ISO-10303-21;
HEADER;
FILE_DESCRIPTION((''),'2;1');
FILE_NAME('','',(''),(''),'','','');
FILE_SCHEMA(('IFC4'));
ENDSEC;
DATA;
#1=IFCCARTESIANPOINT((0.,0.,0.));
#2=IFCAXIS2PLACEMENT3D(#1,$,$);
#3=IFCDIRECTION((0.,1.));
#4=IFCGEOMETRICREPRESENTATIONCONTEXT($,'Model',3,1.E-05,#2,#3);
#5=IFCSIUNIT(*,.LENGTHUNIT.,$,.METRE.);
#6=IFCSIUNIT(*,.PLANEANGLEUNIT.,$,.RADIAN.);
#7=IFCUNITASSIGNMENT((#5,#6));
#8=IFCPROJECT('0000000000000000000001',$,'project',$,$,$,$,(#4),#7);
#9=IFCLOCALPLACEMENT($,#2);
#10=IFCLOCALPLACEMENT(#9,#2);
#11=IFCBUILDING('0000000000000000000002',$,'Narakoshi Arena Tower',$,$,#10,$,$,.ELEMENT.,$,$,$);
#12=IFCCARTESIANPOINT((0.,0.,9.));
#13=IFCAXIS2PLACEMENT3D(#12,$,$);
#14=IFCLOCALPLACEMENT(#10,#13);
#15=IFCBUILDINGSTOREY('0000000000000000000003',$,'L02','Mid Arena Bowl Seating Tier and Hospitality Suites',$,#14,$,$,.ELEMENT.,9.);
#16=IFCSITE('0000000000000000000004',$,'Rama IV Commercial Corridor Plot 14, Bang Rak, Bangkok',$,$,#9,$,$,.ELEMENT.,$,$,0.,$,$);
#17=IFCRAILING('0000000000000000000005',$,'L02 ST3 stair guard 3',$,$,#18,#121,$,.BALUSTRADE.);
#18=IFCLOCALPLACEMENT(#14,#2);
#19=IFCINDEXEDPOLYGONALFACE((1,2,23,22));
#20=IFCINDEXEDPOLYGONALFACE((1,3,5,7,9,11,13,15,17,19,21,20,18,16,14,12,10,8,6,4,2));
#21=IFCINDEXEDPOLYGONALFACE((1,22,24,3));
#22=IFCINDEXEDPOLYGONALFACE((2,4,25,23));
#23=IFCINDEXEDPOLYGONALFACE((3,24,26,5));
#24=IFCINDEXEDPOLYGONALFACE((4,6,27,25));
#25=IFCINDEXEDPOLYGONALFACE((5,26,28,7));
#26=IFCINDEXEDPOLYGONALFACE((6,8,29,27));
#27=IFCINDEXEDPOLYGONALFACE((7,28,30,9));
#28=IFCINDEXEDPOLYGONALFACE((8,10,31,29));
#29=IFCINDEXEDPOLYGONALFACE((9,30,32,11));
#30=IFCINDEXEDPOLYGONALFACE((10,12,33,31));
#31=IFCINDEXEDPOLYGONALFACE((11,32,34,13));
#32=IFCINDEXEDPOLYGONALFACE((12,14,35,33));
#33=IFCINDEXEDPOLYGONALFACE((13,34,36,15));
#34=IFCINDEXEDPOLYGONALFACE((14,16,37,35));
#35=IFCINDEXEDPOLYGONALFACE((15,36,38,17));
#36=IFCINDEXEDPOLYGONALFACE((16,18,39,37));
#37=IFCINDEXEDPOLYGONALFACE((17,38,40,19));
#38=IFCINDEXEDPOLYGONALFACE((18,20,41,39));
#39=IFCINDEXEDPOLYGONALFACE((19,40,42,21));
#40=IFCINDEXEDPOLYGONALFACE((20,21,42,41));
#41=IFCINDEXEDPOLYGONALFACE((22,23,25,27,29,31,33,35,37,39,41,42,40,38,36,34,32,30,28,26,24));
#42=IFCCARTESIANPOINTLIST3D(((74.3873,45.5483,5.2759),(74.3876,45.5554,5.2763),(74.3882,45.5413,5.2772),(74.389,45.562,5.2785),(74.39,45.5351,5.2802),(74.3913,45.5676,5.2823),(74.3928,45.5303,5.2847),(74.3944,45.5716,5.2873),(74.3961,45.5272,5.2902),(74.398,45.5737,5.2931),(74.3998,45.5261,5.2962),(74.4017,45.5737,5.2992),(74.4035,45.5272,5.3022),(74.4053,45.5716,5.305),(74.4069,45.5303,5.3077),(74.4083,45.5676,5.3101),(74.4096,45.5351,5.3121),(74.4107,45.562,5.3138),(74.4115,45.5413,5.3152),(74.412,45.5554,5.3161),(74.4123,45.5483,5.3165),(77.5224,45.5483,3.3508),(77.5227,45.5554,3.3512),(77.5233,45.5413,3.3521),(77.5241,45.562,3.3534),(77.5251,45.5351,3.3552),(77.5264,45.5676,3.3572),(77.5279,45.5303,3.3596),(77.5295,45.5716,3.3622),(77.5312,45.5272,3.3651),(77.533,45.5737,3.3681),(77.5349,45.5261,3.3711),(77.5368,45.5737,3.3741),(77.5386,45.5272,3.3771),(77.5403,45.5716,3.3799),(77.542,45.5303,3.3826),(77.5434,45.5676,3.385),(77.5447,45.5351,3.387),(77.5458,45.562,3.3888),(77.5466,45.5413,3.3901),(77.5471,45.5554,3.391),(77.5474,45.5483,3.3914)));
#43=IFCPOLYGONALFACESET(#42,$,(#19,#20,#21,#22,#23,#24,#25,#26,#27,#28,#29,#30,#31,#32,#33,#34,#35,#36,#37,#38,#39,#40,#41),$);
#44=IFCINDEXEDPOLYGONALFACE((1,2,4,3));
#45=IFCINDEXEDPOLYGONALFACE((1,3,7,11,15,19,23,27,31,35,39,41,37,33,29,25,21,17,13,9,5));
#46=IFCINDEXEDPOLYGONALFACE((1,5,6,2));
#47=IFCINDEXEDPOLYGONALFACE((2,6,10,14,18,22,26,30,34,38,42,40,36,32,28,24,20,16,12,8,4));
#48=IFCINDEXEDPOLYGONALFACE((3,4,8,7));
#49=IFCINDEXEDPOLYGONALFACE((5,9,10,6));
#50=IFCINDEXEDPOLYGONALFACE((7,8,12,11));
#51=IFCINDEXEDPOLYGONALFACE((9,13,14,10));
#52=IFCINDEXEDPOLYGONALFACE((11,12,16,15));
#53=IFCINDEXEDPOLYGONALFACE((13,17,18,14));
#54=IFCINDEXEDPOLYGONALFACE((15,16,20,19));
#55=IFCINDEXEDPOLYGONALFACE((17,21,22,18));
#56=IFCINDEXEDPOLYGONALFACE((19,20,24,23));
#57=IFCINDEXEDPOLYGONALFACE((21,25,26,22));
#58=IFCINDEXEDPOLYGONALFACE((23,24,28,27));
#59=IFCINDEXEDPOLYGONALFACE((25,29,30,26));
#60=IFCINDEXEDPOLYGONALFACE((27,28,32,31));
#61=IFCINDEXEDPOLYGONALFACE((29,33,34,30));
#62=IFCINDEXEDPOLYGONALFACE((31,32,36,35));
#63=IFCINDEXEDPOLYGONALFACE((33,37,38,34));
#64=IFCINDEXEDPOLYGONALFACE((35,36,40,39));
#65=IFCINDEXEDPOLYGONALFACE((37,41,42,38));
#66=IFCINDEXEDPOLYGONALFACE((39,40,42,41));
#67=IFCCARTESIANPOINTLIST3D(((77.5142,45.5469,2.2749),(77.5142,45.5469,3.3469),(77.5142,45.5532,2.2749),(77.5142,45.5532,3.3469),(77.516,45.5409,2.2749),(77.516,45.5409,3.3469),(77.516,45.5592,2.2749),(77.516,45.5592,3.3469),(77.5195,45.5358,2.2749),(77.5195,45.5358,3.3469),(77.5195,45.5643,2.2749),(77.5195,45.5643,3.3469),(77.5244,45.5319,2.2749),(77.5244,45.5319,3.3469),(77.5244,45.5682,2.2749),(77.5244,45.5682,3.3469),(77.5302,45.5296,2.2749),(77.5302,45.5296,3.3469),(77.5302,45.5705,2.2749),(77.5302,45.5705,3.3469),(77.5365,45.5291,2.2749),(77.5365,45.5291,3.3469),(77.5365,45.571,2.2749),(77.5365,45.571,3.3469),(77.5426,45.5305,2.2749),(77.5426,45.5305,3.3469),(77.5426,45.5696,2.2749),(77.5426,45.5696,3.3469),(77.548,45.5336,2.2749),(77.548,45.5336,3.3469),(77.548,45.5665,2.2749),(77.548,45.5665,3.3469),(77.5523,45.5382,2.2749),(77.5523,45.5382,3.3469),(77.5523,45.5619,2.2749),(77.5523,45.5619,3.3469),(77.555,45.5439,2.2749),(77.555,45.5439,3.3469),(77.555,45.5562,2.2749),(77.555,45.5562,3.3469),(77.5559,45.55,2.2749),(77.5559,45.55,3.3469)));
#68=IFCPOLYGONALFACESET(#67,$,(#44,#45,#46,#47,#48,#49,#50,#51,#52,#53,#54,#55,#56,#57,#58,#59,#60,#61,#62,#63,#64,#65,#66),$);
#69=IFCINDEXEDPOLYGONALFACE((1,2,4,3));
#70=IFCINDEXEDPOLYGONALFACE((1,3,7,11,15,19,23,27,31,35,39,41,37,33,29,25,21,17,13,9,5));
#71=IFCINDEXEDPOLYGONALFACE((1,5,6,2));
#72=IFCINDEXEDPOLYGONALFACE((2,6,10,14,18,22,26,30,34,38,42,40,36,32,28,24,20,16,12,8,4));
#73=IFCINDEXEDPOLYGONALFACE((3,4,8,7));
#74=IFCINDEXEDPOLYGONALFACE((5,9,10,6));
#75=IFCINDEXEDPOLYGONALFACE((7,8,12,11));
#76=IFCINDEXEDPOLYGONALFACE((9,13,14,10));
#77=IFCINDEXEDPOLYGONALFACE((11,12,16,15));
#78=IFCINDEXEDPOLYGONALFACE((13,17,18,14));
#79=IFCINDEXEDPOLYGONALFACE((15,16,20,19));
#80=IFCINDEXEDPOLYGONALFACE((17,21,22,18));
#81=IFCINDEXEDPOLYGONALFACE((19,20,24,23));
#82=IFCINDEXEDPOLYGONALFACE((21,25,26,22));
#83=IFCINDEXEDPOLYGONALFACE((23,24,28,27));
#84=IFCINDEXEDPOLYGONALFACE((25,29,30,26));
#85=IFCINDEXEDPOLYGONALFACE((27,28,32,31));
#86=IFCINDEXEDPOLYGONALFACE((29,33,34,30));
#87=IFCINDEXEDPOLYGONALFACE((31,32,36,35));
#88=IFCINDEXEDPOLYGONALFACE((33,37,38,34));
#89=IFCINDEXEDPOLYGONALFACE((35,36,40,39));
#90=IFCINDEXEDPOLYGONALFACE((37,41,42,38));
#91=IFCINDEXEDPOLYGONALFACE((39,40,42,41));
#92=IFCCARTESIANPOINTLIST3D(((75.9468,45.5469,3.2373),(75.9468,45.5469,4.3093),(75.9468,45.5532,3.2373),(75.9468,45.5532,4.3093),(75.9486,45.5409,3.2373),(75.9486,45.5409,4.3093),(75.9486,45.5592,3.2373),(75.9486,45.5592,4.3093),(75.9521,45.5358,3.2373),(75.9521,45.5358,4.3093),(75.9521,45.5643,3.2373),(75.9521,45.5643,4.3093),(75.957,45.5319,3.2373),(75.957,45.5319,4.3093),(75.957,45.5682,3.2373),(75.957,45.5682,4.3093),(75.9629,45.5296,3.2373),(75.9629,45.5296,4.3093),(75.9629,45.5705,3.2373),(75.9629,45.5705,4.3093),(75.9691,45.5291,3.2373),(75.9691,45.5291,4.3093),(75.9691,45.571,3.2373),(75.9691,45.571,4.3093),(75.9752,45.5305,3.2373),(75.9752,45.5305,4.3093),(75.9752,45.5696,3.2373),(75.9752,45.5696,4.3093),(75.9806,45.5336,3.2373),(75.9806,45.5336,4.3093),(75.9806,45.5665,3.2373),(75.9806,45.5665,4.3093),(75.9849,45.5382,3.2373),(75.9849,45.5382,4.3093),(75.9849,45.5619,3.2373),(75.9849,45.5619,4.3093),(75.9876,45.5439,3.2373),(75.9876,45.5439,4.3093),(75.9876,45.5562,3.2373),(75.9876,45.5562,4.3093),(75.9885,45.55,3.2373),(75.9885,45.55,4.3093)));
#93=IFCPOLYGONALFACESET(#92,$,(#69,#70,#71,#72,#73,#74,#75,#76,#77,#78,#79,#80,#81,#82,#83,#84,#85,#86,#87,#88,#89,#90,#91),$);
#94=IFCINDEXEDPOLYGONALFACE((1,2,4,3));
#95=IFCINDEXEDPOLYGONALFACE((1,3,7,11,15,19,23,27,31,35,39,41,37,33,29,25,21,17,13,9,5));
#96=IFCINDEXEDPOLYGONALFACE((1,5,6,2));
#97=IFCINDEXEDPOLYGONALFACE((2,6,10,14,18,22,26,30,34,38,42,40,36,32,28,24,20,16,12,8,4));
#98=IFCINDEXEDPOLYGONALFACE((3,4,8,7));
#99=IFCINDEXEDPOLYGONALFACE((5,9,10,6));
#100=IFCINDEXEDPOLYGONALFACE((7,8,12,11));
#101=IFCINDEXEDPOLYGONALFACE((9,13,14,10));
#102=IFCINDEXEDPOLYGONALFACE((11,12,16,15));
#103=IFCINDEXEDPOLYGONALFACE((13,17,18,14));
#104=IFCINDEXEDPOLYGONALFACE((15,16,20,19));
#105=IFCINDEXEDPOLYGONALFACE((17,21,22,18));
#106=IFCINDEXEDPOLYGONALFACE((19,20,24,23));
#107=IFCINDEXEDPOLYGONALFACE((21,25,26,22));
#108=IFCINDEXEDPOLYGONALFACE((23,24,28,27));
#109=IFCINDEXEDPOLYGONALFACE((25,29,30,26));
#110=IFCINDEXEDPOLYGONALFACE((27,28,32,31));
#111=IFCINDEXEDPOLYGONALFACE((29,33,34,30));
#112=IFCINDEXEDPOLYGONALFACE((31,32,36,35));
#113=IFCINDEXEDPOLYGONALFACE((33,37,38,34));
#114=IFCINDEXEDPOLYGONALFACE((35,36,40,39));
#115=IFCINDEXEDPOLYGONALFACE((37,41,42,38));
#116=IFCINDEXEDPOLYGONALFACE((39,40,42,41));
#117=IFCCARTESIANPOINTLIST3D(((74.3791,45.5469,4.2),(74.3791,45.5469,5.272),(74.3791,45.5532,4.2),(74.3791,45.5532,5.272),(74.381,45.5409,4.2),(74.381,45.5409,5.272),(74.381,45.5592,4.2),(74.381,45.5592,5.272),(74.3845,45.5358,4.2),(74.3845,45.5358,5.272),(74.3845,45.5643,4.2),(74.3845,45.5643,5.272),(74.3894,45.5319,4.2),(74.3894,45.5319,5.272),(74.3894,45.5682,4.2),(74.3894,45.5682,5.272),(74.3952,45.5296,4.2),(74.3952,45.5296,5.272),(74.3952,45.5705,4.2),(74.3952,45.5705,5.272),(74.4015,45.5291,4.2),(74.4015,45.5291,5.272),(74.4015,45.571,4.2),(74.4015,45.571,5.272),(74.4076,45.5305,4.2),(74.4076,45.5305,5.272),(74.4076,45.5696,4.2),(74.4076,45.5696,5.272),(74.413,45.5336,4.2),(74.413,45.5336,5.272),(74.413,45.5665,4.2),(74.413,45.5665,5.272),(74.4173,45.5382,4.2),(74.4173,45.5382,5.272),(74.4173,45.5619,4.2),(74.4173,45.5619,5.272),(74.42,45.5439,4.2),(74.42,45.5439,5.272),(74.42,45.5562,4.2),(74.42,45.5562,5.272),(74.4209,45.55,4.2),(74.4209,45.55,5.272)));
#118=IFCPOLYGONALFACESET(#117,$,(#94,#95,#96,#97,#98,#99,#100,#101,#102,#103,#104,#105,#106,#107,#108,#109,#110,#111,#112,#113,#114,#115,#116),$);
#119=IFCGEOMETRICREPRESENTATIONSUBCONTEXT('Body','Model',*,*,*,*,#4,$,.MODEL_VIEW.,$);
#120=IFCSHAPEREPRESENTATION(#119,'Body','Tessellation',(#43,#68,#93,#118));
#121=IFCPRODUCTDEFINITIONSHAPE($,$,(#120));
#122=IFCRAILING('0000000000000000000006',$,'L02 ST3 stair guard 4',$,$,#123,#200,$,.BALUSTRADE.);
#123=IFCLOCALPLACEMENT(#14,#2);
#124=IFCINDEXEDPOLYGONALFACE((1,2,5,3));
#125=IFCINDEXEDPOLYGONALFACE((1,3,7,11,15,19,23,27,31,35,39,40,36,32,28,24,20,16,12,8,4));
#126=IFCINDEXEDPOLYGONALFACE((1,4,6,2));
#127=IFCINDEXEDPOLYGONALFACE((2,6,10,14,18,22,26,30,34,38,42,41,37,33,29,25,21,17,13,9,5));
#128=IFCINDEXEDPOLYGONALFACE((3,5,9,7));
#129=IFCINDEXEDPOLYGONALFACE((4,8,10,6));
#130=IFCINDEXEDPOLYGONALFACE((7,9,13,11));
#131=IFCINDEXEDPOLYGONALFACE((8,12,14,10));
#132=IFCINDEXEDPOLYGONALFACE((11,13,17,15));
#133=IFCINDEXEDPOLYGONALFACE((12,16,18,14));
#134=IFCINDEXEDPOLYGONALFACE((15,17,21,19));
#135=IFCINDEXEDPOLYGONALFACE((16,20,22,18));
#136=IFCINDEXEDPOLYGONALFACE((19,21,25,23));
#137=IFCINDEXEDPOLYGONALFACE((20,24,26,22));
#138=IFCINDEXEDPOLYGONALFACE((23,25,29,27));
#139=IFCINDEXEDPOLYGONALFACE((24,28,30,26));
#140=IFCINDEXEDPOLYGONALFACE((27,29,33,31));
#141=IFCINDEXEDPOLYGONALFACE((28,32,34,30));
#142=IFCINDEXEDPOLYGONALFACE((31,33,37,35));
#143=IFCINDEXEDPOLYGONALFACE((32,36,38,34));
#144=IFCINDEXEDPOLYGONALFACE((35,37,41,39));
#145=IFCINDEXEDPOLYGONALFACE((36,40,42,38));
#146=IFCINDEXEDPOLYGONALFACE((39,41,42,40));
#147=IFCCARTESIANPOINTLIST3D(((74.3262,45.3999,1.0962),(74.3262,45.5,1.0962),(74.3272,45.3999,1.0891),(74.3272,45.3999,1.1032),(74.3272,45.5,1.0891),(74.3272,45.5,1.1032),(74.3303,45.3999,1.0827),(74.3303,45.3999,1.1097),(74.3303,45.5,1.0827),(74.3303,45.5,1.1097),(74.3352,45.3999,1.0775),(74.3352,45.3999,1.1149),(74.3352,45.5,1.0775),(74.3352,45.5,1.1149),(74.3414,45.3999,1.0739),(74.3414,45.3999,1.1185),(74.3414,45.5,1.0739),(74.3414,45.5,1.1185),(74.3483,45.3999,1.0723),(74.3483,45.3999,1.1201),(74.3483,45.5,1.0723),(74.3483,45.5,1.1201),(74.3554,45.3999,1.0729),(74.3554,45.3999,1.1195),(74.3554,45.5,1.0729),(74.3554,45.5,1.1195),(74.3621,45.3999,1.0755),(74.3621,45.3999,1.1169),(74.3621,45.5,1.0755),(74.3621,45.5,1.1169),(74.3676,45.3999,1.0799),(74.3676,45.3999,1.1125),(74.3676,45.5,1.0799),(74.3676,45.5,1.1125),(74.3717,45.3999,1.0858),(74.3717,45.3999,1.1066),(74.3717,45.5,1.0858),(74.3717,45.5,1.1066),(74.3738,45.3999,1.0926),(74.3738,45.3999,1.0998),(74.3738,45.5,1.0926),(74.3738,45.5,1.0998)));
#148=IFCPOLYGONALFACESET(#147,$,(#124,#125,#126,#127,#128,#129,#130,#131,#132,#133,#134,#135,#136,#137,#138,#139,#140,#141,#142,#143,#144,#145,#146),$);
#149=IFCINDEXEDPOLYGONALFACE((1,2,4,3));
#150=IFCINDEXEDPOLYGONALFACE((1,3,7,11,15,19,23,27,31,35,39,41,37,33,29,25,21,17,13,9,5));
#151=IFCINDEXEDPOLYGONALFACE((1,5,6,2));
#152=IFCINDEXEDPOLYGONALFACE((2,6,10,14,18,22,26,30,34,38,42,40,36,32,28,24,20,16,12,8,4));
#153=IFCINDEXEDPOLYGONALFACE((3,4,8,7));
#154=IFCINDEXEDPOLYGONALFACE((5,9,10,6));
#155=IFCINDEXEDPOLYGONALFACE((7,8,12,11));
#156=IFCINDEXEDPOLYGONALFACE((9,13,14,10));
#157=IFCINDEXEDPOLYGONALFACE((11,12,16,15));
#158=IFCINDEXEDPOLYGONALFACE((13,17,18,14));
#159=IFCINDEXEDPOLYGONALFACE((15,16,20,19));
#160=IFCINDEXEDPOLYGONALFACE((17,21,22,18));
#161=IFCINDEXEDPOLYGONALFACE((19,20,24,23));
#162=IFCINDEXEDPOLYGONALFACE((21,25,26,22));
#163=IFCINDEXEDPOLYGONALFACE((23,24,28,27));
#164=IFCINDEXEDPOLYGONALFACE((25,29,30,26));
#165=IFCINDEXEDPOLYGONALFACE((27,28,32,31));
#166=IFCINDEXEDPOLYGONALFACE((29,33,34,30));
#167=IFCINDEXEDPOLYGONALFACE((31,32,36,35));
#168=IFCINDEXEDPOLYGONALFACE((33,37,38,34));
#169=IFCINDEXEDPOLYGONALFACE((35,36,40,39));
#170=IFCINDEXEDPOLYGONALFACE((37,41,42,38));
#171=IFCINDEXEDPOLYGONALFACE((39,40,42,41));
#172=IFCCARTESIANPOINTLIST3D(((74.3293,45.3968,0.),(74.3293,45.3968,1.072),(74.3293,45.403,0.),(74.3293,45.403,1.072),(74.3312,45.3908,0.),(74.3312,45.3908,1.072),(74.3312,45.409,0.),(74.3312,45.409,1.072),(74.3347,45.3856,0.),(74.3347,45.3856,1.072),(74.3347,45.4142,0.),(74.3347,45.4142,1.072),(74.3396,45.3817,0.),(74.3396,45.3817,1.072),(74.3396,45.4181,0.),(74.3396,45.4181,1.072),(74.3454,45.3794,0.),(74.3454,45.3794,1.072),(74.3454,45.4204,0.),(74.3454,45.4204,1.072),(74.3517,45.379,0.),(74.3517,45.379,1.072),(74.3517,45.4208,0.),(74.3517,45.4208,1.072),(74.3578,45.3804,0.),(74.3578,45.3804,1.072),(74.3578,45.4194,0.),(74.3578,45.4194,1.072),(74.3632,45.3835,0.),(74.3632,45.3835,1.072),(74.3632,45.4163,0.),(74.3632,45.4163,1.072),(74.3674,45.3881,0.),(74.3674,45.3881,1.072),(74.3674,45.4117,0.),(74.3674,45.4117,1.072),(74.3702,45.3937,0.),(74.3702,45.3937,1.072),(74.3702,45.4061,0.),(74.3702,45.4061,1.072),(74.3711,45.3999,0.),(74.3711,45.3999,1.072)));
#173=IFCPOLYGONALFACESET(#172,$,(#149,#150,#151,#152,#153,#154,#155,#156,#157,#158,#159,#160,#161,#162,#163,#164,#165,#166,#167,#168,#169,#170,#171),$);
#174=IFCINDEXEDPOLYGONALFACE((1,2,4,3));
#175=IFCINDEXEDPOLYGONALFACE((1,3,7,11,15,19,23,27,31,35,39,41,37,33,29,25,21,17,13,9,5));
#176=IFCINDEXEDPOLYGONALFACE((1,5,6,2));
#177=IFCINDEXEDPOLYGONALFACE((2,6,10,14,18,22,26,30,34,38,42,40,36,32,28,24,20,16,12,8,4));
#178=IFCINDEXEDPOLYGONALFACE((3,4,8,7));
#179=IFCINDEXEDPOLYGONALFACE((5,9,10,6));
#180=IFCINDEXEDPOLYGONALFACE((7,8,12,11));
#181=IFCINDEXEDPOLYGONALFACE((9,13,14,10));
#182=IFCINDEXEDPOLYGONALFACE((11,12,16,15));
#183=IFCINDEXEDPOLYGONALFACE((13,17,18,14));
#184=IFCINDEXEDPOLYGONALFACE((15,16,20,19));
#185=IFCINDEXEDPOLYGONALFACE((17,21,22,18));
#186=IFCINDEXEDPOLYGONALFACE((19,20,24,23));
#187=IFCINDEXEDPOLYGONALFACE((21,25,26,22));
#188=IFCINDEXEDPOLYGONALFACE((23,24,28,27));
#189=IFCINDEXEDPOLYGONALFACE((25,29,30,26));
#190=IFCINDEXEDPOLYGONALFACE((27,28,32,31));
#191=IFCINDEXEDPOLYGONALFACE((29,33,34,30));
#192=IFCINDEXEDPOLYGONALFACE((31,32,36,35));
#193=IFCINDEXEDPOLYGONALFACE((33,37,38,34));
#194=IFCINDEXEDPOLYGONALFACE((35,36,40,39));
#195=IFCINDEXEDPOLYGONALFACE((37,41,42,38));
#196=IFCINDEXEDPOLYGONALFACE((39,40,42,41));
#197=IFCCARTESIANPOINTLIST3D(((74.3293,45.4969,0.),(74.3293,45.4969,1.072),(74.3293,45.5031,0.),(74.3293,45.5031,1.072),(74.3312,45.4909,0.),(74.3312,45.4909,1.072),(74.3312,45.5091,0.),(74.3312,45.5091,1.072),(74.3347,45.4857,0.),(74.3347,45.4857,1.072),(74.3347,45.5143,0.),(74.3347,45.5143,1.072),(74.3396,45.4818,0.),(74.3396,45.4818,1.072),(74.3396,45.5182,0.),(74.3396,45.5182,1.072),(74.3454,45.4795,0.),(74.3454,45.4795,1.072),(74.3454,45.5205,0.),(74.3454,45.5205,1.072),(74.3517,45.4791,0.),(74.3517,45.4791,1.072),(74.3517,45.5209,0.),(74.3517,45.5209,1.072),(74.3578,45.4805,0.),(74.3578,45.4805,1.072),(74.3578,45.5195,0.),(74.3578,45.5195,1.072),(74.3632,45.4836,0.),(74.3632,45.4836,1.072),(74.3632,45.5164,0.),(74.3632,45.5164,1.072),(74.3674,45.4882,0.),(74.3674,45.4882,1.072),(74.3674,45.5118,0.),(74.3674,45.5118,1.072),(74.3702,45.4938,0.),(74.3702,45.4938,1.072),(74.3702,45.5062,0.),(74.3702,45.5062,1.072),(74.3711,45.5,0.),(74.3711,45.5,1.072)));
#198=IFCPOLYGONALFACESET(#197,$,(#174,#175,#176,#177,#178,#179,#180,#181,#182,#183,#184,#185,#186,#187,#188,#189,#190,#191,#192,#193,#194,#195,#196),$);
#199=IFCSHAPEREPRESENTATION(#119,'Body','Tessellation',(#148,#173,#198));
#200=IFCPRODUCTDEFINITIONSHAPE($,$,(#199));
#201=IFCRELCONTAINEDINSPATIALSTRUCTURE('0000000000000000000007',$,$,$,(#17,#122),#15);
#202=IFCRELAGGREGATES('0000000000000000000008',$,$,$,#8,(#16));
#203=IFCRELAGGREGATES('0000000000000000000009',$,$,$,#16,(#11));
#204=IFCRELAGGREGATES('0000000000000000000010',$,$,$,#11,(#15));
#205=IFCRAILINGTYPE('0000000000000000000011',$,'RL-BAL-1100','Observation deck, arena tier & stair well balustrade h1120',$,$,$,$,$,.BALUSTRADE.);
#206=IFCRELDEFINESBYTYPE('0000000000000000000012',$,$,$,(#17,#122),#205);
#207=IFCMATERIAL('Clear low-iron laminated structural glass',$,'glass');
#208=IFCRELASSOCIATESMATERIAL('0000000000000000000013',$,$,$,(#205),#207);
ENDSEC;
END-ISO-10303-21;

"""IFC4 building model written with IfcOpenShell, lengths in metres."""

from ifc_helpers import new_model, si_unit, direction, frame, origin, origin_2d, place, context, subcontext, project, spatial, circle, extrude, material, type_object, element, save


model = new_model("IFC4")

# Units and contexts
model_context = context("Model", 3, precision=1e-05, world=origin(), true_north=direction((0.0, 1.0)))
body_context = subcontext(model_context, "Body", "Model", "MODEL_VIEW")
ifc_project = project(units=[si_unit("LENGTHUNIT", "METRE"), si_unit("PLANEANGLEUNIT", "RADIAN")], contexts=[model_context])

# Site, building, storey
site_placement = place(None, origin())
site = spatial("IfcSite", under=ifc_project, at=site_placement, Name="Rama IV Commercial Corridor Plot 14, Bang Rak, Bangkok", CompositionType="ELEMENT", RefElevation=0.0)
building_placement = place(site_placement, origin())
building = spatial("IfcBuilding", under=site, at=building_placement, Name="Narakoshi Arena Tower", CompositionType="ELEMENT")
storey_placement = place(building_placement, frame((0.0, 0.0, 9.0)))
storey = spatial("IfcBuildingStorey", under=building, at=storey_placement, Name="L02", Description="Mid Arena Bowl Seating Tier and Hospitality Suites", CompositionType="ELEMENT", Elevation=9.0)

# Railings
ifc_material_1 = material(Name="Clear low-iron laminated structural glass", Category="glass")
railing_type_1 = type_object("IfcRailingType", Name="RL-BAL-1100", Description="Observation deck, arena tier & stair well balustrade h1120", PredefinedType="BALUSTRADE", material=ifc_material_1)
railing_1_placement = place(storey_placement, frame((77.5349, 45.55, 2.2749)))
element("IfcRailing", 1, at=railing_1_placement, inside=storey, type_object=railing_type_1, Name="L02 ST3 stair guard 3", PredefinedType="BALUSTRADE", context=body_context, shape_type="SweptSolid", body=[
    extrude(circle(Radius=0.0239, at=origin_2d()), frame((0.0, 0.0, 1.0962), z_axis=(-0.852166, 0.0, 0.523271), x_axis=(0.0, -1.0, 0.0)), (0.0, 0.0, 1.0), 3.679),
    extrude(circle(Radius=0.021, at=origin_2d()), origin(), (0.0, 0.0, 1.0), 1.072),
    extrude(circle(Radius=0.021, at=origin_2d()), frame((-1.5674, 0.0, 0.9624)), (0.0, 0.0, 1.0), 1.072),
    extrude(circle(Radius=0.021, at=origin_2d()), frame((-3.135, 0.0, 1.925)), (0.0, 0.0, 1.0), 1.072),
])
railing_2_placement = place(storey_placement, frame((74.3501, 45.3999, 0.0)))
element("IfcRailing", 2, at=railing_2_placement, inside=storey, type_object=railing_type_1, Name="L02 ST3 stair guard 4", PredefinedType="BALUSTRADE", context=body_context, shape_type="SweptSolid", body=[
    extrude(circle(Radius=0.0239, at=origin_2d()), frame((0.0, 0.0, 1.0962), z_axis=(0.0, 1.0, 0.0), x_axis=(-1.0, 0.0, 0.0)), (0.0, 0.0, 1.0), 0.1001),
    extrude(circle(Radius=0.021, at=origin_2d()), origin(), (0.0, 0.0, 1.0), 1.072),
    extrude(circle(Radius=0.021, at=origin_2d()), frame((0.0, 0.1001, 0.0)), (0.0, 0.0, 1.0), 1.072),
])

save(model, "model.ifc")
